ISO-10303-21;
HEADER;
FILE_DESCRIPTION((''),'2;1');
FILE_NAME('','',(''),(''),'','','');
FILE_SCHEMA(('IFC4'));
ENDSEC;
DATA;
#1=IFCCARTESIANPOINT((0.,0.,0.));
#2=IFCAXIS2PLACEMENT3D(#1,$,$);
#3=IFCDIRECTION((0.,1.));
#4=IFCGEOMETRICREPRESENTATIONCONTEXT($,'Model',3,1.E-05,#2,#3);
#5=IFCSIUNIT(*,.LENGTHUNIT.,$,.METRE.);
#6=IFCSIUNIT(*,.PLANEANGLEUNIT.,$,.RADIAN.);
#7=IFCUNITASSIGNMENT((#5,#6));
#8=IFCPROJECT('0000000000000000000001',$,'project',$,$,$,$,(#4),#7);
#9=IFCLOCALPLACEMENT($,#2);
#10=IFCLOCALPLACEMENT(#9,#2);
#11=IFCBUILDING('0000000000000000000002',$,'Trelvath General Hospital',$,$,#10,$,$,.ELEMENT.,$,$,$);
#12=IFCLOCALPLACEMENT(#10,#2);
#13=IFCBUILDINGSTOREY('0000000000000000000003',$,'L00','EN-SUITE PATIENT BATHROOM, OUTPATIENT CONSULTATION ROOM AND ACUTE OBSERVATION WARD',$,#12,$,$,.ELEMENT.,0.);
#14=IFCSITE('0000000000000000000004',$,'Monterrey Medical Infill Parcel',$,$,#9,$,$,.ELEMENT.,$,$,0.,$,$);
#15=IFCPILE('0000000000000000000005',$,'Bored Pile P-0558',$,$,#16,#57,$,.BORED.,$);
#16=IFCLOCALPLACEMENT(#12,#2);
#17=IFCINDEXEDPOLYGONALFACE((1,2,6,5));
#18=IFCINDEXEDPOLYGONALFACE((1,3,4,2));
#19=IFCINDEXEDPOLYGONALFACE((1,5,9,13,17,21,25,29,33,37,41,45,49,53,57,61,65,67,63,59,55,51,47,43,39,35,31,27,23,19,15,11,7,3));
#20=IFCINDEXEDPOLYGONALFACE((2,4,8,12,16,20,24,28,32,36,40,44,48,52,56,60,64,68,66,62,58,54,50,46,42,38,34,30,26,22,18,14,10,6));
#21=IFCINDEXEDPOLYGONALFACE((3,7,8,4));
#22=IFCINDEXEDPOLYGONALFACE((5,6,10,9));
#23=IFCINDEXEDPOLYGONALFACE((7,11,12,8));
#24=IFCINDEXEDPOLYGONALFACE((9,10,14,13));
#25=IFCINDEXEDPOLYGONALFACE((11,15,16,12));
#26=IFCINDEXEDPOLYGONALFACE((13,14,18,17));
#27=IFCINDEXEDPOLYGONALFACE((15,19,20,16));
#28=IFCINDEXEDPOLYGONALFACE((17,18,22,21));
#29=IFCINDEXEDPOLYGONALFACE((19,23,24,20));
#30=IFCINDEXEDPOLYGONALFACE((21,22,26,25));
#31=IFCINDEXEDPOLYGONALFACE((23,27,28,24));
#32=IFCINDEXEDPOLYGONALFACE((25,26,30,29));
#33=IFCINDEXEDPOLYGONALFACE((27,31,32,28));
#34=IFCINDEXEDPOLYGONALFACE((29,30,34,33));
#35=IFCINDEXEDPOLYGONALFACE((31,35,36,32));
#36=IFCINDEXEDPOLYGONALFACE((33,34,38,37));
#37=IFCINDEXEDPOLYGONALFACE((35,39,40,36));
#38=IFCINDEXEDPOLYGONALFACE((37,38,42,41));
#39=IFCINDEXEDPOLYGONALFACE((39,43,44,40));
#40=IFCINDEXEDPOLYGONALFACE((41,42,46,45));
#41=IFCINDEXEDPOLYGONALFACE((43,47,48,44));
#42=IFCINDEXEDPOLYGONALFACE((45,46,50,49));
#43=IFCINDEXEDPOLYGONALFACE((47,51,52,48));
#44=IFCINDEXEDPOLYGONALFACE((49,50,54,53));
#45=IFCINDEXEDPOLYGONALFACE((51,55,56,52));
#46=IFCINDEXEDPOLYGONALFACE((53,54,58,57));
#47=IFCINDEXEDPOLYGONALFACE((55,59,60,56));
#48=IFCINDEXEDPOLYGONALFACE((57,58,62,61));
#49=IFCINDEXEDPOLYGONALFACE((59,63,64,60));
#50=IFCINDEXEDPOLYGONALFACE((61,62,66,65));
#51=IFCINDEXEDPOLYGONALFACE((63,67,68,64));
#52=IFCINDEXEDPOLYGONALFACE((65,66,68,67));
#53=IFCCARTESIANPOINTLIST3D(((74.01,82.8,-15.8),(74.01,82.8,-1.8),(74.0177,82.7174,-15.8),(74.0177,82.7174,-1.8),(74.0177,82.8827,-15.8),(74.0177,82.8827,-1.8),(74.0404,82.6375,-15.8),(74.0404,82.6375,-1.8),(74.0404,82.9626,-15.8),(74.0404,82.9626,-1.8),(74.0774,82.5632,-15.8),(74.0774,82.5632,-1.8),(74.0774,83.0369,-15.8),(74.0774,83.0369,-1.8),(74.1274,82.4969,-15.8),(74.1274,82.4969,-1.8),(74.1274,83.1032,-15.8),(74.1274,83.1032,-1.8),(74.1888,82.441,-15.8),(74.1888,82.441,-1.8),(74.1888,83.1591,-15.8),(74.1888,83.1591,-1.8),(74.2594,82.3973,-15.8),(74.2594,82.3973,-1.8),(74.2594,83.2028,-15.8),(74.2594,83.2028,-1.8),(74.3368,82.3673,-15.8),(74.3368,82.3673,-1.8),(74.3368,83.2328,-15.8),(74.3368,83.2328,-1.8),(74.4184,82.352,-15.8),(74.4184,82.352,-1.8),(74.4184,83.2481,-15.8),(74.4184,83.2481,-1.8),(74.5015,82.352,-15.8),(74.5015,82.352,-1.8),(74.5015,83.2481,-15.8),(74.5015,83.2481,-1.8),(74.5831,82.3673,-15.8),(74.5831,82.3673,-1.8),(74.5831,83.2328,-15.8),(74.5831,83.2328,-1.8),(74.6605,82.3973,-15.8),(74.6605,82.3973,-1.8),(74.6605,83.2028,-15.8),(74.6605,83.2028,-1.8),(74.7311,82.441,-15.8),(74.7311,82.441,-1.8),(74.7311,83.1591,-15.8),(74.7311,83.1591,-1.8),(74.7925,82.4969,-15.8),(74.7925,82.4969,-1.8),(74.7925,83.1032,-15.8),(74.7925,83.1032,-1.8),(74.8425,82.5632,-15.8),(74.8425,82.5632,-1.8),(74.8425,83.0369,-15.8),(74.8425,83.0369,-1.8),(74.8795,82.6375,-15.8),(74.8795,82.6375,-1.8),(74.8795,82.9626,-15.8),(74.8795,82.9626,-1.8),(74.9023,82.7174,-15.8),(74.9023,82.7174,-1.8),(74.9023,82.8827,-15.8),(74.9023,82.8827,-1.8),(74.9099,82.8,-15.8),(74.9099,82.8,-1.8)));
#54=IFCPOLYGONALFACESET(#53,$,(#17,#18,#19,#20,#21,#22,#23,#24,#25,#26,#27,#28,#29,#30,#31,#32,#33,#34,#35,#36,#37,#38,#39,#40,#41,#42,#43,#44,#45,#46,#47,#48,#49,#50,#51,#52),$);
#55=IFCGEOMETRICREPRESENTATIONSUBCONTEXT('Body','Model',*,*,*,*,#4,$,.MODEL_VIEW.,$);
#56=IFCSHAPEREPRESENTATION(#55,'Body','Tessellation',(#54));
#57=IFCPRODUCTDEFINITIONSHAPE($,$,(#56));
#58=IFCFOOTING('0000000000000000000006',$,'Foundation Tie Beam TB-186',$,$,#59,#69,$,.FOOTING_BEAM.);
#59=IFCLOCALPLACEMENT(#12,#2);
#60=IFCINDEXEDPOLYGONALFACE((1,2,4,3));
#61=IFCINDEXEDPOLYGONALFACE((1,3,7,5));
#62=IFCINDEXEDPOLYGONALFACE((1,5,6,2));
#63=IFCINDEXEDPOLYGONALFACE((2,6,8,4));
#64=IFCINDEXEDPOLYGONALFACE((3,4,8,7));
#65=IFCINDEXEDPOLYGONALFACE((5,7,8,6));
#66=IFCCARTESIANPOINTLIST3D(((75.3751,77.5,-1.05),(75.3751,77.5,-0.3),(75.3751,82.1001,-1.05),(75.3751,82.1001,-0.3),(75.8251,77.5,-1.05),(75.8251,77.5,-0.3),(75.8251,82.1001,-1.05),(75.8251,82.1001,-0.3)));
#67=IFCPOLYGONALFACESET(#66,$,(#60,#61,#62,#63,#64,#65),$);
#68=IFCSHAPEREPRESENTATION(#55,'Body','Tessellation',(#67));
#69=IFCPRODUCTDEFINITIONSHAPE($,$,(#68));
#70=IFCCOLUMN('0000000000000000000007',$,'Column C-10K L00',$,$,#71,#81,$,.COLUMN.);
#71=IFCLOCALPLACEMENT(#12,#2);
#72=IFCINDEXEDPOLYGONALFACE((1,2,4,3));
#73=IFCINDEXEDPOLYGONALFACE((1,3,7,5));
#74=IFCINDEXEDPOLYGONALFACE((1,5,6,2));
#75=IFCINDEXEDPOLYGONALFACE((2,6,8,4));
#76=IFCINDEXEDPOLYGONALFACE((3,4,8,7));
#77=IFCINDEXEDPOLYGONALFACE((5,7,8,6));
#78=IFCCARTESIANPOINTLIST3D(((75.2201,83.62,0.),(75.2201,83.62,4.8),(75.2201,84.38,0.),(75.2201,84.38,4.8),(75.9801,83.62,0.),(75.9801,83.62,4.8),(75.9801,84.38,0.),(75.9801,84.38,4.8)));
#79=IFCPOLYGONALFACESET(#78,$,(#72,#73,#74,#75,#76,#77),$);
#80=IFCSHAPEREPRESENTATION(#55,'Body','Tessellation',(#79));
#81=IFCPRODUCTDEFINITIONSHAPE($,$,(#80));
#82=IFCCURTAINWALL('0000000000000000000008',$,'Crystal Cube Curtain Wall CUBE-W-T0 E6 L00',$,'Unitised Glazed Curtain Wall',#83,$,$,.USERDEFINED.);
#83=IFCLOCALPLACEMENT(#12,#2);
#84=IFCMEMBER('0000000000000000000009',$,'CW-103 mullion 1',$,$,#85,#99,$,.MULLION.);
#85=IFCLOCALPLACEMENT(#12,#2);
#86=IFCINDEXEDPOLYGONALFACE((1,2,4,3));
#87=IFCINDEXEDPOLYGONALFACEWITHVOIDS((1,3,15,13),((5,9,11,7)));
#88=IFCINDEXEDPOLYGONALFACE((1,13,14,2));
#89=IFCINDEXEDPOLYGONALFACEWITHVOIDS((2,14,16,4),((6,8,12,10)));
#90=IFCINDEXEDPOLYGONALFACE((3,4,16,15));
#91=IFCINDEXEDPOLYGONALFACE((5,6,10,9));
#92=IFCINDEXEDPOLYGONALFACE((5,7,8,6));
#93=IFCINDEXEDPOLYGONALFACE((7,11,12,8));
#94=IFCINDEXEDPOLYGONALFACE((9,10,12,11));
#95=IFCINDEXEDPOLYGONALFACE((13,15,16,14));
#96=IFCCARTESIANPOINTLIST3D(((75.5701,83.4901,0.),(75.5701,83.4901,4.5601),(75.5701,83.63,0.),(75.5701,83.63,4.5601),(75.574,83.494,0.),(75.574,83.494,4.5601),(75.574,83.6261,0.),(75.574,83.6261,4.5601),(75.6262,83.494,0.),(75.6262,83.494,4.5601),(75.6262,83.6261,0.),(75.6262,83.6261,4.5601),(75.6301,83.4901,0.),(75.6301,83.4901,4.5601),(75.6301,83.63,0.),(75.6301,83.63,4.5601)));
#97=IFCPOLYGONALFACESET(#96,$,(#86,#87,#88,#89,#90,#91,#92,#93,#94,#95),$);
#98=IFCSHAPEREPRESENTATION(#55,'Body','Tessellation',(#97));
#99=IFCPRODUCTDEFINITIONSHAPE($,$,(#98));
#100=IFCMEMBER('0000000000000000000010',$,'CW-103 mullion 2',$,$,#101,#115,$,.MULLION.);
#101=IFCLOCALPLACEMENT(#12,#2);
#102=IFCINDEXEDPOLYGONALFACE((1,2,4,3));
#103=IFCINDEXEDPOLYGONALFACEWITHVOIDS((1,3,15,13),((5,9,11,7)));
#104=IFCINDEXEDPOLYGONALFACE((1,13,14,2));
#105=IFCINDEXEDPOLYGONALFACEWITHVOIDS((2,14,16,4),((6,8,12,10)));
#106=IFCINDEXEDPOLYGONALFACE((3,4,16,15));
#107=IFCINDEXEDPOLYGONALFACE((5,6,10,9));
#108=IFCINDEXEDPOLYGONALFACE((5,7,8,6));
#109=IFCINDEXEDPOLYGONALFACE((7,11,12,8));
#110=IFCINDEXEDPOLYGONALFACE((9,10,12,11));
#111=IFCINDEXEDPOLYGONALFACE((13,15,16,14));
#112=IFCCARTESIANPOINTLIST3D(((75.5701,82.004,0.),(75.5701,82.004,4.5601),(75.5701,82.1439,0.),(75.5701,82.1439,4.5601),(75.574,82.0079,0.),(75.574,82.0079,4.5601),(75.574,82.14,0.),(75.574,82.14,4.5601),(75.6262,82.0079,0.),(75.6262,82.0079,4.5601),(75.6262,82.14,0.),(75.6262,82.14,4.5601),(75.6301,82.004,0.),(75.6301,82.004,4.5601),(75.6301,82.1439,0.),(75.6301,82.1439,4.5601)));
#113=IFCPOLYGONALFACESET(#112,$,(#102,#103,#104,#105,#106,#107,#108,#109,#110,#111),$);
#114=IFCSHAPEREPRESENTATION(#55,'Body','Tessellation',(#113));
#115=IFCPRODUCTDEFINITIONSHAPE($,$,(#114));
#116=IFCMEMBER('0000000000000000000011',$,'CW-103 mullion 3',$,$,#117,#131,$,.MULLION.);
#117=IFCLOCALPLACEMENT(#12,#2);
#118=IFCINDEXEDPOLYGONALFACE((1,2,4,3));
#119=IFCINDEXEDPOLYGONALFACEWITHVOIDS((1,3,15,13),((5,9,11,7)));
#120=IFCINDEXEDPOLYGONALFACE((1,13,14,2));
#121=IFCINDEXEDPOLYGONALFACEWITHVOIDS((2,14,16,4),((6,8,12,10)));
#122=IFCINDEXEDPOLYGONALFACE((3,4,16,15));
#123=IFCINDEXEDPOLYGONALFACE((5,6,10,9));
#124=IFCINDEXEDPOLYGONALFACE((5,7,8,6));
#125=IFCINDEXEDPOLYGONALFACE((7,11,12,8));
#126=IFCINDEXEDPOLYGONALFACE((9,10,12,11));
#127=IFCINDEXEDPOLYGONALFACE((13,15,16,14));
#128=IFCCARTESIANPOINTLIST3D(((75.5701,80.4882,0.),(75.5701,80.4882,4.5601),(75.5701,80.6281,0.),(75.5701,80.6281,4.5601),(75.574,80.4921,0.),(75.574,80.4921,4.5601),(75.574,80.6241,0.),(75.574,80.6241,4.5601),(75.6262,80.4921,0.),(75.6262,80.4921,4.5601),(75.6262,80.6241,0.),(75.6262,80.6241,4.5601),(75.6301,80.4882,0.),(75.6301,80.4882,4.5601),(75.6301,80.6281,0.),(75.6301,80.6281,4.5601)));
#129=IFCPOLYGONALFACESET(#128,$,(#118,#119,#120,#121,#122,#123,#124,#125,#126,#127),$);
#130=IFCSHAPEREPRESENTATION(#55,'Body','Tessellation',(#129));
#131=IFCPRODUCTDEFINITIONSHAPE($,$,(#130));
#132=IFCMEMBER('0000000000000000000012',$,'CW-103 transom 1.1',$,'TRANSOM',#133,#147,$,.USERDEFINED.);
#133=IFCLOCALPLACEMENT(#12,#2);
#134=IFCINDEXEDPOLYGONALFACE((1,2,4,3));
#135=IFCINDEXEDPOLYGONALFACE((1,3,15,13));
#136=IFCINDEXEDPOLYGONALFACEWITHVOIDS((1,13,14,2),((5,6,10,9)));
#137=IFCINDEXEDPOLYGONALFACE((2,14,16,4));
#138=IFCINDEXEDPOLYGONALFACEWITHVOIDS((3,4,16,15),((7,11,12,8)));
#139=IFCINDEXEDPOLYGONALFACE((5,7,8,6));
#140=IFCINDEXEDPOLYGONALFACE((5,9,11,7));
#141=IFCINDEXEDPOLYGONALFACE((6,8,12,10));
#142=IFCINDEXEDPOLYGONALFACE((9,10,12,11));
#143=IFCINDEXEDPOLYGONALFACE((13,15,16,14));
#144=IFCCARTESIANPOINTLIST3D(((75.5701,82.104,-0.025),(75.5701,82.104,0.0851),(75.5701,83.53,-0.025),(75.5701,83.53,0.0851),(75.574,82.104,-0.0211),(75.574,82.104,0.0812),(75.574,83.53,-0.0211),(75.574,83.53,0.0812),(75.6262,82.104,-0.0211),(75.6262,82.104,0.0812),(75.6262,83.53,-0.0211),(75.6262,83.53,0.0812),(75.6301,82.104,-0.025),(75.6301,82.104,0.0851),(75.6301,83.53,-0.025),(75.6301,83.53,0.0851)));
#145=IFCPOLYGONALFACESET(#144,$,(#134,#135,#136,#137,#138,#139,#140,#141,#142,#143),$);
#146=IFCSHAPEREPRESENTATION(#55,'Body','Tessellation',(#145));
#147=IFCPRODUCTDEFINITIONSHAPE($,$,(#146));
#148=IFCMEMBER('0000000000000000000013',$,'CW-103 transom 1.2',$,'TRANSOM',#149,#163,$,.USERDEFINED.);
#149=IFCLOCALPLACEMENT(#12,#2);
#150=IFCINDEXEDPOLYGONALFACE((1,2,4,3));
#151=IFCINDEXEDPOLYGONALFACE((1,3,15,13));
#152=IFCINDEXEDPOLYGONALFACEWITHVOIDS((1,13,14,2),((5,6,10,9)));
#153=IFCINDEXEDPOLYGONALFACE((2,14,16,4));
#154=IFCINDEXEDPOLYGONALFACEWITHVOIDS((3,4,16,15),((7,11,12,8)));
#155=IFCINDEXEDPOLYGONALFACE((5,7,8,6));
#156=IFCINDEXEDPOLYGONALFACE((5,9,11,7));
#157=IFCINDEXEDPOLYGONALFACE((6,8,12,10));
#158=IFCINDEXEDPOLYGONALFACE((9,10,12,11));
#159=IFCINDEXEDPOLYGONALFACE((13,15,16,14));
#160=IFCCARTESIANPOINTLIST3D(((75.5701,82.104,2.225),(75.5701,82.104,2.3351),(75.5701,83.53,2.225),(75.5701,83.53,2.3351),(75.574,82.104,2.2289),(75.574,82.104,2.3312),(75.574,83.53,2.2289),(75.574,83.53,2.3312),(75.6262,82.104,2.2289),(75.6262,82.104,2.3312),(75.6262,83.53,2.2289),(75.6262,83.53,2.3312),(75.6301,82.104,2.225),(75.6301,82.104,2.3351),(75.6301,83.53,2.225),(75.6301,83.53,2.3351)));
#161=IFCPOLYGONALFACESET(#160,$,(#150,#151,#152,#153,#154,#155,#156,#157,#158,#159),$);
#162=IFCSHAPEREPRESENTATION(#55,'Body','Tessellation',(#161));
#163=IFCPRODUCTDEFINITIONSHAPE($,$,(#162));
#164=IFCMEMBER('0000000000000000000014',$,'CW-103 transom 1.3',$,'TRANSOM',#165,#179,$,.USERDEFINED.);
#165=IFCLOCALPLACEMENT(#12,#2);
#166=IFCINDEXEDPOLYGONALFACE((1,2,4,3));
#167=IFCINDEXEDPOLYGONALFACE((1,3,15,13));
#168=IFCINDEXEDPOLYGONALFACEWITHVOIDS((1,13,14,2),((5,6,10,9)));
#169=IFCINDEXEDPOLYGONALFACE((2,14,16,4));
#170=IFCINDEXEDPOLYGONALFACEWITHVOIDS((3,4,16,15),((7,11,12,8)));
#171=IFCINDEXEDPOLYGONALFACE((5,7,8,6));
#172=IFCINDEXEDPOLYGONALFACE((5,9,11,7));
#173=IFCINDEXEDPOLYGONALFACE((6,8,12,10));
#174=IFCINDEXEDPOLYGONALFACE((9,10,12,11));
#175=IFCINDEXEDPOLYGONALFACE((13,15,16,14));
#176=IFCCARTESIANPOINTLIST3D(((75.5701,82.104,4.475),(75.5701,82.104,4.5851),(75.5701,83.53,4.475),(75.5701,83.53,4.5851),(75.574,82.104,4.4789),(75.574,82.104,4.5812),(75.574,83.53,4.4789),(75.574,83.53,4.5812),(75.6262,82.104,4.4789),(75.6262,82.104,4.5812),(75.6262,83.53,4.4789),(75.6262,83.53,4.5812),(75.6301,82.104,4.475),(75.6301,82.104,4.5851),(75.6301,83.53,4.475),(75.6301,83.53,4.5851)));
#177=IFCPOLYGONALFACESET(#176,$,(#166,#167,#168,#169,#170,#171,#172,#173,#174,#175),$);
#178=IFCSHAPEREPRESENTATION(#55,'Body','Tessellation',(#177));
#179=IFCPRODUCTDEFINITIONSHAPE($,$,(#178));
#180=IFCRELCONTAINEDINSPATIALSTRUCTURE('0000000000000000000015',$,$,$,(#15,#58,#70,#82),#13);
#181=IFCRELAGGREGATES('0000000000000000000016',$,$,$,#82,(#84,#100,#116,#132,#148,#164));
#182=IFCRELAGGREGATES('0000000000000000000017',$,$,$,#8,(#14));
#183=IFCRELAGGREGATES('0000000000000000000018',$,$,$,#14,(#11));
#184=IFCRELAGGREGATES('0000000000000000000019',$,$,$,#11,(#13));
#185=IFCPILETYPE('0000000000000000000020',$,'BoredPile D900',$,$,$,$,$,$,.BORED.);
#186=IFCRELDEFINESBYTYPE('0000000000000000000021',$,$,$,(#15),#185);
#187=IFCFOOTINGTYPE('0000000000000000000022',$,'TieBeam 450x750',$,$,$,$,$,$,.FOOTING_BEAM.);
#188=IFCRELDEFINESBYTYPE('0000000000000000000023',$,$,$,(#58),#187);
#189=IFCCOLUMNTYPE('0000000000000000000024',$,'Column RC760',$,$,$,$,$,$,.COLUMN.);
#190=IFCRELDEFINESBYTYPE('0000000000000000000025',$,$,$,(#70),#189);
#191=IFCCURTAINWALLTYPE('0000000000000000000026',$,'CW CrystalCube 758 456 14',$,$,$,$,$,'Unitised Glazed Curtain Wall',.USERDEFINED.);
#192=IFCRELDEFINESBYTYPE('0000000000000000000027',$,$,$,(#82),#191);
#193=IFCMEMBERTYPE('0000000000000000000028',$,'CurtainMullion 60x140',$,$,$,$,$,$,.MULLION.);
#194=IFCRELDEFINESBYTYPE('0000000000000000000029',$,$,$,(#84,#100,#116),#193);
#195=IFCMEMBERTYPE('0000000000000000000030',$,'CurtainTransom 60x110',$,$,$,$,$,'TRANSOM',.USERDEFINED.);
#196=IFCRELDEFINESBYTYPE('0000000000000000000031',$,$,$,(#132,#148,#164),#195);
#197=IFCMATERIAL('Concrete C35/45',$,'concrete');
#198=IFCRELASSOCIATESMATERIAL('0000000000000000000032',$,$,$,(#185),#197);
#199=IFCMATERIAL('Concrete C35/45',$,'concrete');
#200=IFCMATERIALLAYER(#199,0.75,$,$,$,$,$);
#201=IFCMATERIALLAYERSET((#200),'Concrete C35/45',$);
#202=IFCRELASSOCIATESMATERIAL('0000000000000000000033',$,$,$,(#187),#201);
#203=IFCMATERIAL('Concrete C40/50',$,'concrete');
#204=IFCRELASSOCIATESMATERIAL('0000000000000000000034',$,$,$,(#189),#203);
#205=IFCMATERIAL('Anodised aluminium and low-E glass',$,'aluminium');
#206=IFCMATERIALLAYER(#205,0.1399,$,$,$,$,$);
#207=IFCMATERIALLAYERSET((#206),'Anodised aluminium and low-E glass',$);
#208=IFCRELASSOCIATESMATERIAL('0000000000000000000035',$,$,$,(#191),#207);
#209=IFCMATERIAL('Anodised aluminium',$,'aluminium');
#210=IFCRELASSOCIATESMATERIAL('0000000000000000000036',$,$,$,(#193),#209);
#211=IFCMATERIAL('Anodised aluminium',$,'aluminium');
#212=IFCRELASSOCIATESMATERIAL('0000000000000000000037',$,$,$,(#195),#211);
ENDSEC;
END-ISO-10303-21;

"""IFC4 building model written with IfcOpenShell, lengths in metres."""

from ifc_helpers import new_model, si_unit, direction, frame, origin, origin_2d, place, context, subcontext, project, spatial, rectangle, hollow_rectangle, circle, extrude, material, layer, layer_set, material_profile, profile_set, type_object, element, aggregate, save


model = new_model("IFC4")

# Units and contexts
model_context = context("Model", 3, precision=1e-05, world=origin(), true_north=direction((0.0, 1.0)))
body_context = subcontext(model_context, "Body", "Model", "MODEL_VIEW")
ifc_project = project(units=[si_unit("LENGTHUNIT", "METRE"), si_unit("PLANEANGLEUNIT", "RADIAN")], contexts=[model_context])

# Site, building, storey
site_placement = place(None, origin())
site = spatial("IfcSite", under=ifc_project, at=site_placement, Name="Monterrey Medical Infill Parcel", CompositionType="ELEMENT", RefElevation=0.0)
building_placement = place(site_placement, origin())
building = spatial("IfcBuilding", under=site, at=building_placement, Name="Trelvath General Hospital", CompositionType="ELEMENT")
storey_placement = place(building_placement, origin())
storey = spatial("IfcBuildingStorey", under=building, at=storey_placement, Name="L00", Description="EN-SUITE PATIENT BATHROOM, OUTPATIENT CONSULTATION ROOM AND ACUTE OBSERVATION WARD", CompositionType="ELEMENT", Elevation=0.0)

# Pile
ifc_material_1 = material(Name="Concrete C35/45", Category="concrete")
ifc_material_profile_1 = material_profile(ifc_material_1, circle(Radius=0.45, at=origin_2d()), Name="PILE900")
ifc_profile_set_1 = profile_set([ifc_material_profile_1], Name="Concrete C35/45")
pile_type = type_object("IfcPileType", Name="BoredPile D900", PredefinedType="BORED", material=ifc_profile_set_1)
pile_placement = place(storey_placement, frame((74.46, 82.8, -1.8), z_axis=(0.0, 0.0, -1.0), x_axis=(1.0, 0.0, 0.0)))
element("IfcPile", 1, at=pile_placement, inside=storey, type_object=pile_type, Name="Bored Pile P-0558", PredefinedType="BORED", context=body_context, shape_type="SweptSolid", body=[
    extrude(circle(Radius=0.45, at=origin_2d()), origin(), (0.0, 0.0, 1.0), 14.0),
])

# Footing
ifc_material_2 = material(Name="Concrete C35/45", Category="concrete")
ifc_layer_1 = layer(ifc_material_2, 0.75)
ifc_layer_set_1 = layer_set([ifc_layer_1], Name="Concrete C35/45")
footing_type = type_object("IfcFootingType", Name="TieBeam 450x750", PredefinedType="FOOTING_BEAM", material=ifc_layer_set_1)
footing_placement = place(storey_placement, frame((75.6001, 79.8, -1.05), z_axis=(0.0, 0.0, 1.0), x_axis=(1.0, 0.0, 0.0)))
element("IfcFooting", 2, at=footing_placement, inside=storey, type_object=footing_type, Name="Foundation Tie Beam TB-186", PredefinedType="FOOTING_BEAM", context=body_context, shape_type="SweptSolid", body=[
    extrude(rectangle(XDim=0.45, YDim=4.6001, at=origin_2d()), origin(), (0.0, 0.0, 1.0), 0.75),
])

# Column
ifc_material_3 = material(Name="Concrete C40/50", Category="concrete")
ifc_material_profile_2 = material_profile(ifc_material_3, rectangle(XDim=0.76, YDim=0.76, at=origin_2d()), Name="RC760x760")
ifc_profile_set_2 = profile_set([ifc_material_profile_2], Name="Concrete C40/50")
column_type = type_object("IfcColumnType", Name="Column RC760", PredefinedType="COLUMN", material=ifc_profile_set_2)
column_placement = place(storey_placement, frame((75.6001, 84.0, 0.0), z_axis=(0.0, 0.0, 1.0), x_axis=(1.0, 0.0, 0.0)))
element("IfcColumn", 3, at=column_placement, inside=storey, type_object=column_type, Name="Column C-10K L00", PredefinedType="COLUMN", context=body_context, shape_type="SweptSolid", body=[
    extrude(rectangle(XDim=0.76, YDim=0.76, at=origin_2d()), origin(), (0.0, 0.0, 1.0), 4.8),
])

# Curtain wall, members
ifc_material_4 = material(Name="Anodised aluminium and low-E glass", Category="aluminium")
ifc_layer_2 = layer(ifc_material_4, 0.1399)
ifc_layer_set_2 = layer_set([ifc_layer_2], Name="Anodised aluminium and low-E glass")
curtain_wall_type = type_object("IfcCurtainWallType", Name="CW CrystalCube 758 456 14", ElementType="Unitised Glazed Curtain Wall", PredefinedType="USERDEFINED", material=ifc_layer_set_2)
curtain_wall_placement = place(storey_placement, origin())
curtain_wall = element("IfcCurtainWall", 4, at=curtain_wall_placement, inside=storey, type_object=curtain_wall_type, Name="Crystal Cube Curtain Wall CUBE-W-T0 E6 L00", ObjectType="Unitised Glazed Curtain Wall", PredefinedType="USERDEFINED")
ifc_material_5 = material(Name="Anodised aluminium", Category="aluminium")
ifc_material_profile_3 = material_profile(ifc_material_5, hollow_rectangle(XDim=0.0601, YDim=0.1399, WallThickness=0.0039, at=origin_2d()), Name="RHS60x140x4")
ifc_profile_set_3 = profile_set([ifc_material_profile_3], Name="Anodised aluminium")
member_type_1 = type_object("IfcMemberType", Name="CurtainMullion 60x140", PredefinedType="MULLION", material=ifc_profile_set_3)
member_1_placement = place(storey_placement, frame((75.6001, 83.5601, 0.0), z_axis=(0.0, 0.0, 1.0), x_axis=(1.0, 0.0, 0.0)))
member_1 = element("IfcMember", 5, at=member_1_placement, type_object=member_type_1, Name="CW-103 mullion 1", PredefinedType="MULLION", context=body_context, shape_type="SweptSolid", body=[
    extrude(hollow_rectangle(XDim=0.0601, YDim=0.1399, WallThickness=0.0039, at=origin_2d()), origin(), (0.0, 0.0, 1.0), 4.5601),
])
member_2_placement = place(storey_placement, frame((75.6001, 82.074, 0.0), z_axis=(0.0, 0.0, 1.0), x_axis=(1.0, 0.0, 0.0)))
member_2 = element("IfcMember", 6, at=member_2_placement, type_object=member_type_1, Name="CW-103 mullion 2", PredefinedType="MULLION", context=body_context, shape_type="SweptSolid", body=[
    extrude(hollow_rectangle(XDim=0.0601, YDim=0.1399, WallThickness=0.0039, at=origin_2d()), origin(), (0.0, 0.0, 1.0), 4.5601),
])
member_3_placement = place(storey_placement, frame((75.6001, 80.5581, 0.0), z_axis=(0.0, 0.0, 1.0), x_axis=(1.0, 0.0, 0.0)))
member_3 = element("IfcMember", 7, at=member_3_placement, type_object=member_type_1, Name="CW-103 mullion 3", PredefinedType="MULLION", context=body_context, shape_type="SweptSolid", body=[
    extrude(hollow_rectangle(XDim=0.0601, YDim=0.1399, WallThickness=0.0039, at=origin_2d()), origin(), (0.0, 0.0, 1.0), 4.5601),
])
ifc_material_6 = material(Name="Anodised aluminium", Category="aluminium")
ifc_material_profile_4 = material_profile(ifc_material_6, hollow_rectangle(XDim=0.0601, YDim=0.1101, WallThickness=0.0039, at=origin_2d()), Name="RHS60x110x4")
ifc_profile_set_4 = profile_set([ifc_material_profile_4], Name="Anodised aluminium")
member_type_2 = type_object("IfcMemberType", Name="CurtainTransom 60x110", ElementType="TRANSOM", PredefinedType="USERDEFINED", material=ifc_profile_set_4)
member_4_placement = place(storey_placement, frame((75.6001, 83.53, 0.03), z_axis=(0.0, -1.0, 0.0), x_axis=(1.0, 0.0, 0.0)))
member_4 = element("IfcMember", 8, at=member_4_placement, type_object=member_type_2, Name="CW-103 transom 1.1", ObjectType="TRANSOM", PredefinedType="USERDEFINED", context=body_context, shape_type="SweptSolid", body=[
    extrude(hollow_rectangle(XDim=0.0601, YDim=0.1101, WallThickness=0.0039, at=origin_2d()), origin(), (0.0, 0.0, 1.0), 1.426),
])
member_5_placement = place(storey_placement, frame((75.6001, 83.53, 2.28), z_axis=(0.0, -1.0, 0.0), x_axis=(1.0, 0.0, 0.0)))
member_5 = element("IfcMember", 9, at=member_5_placement, type_object=member_type_2, Name="CW-103 transom 1.2", ObjectType="TRANSOM", PredefinedType="USERDEFINED", context=body_context, shape_type="SweptSolid", body=[
    extrude(hollow_rectangle(XDim=0.0601, YDim=0.1101, WallThickness=0.0039, at=origin_2d()), origin(), (0.0, 0.0, 1.0), 1.426),
])
member_6_placement = place(storey_placement, frame((75.6001, 83.53, 4.53), z_axis=(0.0, -1.0, 0.0), x_axis=(1.0, 0.0, 0.0)))
member_6 = element("IfcMember", 10, at=member_6_placement, type_object=member_type_2, Name="CW-103 transom 1.3", ObjectType="TRANSOM", PredefinedType="USERDEFINED", context=body_context, shape_type="SweptSolid", body=[
    extrude(hollow_rectangle(XDim=0.0601, YDim=0.1101, WallThickness=0.0039, at=origin_2d()), origin(), (0.0, 0.0, 1.0), 1.426),
])
aggregate(curtain_wall, [member_1, member_2, member_3, member_4, member_5, member_6])

save(model, "model.ifc")
